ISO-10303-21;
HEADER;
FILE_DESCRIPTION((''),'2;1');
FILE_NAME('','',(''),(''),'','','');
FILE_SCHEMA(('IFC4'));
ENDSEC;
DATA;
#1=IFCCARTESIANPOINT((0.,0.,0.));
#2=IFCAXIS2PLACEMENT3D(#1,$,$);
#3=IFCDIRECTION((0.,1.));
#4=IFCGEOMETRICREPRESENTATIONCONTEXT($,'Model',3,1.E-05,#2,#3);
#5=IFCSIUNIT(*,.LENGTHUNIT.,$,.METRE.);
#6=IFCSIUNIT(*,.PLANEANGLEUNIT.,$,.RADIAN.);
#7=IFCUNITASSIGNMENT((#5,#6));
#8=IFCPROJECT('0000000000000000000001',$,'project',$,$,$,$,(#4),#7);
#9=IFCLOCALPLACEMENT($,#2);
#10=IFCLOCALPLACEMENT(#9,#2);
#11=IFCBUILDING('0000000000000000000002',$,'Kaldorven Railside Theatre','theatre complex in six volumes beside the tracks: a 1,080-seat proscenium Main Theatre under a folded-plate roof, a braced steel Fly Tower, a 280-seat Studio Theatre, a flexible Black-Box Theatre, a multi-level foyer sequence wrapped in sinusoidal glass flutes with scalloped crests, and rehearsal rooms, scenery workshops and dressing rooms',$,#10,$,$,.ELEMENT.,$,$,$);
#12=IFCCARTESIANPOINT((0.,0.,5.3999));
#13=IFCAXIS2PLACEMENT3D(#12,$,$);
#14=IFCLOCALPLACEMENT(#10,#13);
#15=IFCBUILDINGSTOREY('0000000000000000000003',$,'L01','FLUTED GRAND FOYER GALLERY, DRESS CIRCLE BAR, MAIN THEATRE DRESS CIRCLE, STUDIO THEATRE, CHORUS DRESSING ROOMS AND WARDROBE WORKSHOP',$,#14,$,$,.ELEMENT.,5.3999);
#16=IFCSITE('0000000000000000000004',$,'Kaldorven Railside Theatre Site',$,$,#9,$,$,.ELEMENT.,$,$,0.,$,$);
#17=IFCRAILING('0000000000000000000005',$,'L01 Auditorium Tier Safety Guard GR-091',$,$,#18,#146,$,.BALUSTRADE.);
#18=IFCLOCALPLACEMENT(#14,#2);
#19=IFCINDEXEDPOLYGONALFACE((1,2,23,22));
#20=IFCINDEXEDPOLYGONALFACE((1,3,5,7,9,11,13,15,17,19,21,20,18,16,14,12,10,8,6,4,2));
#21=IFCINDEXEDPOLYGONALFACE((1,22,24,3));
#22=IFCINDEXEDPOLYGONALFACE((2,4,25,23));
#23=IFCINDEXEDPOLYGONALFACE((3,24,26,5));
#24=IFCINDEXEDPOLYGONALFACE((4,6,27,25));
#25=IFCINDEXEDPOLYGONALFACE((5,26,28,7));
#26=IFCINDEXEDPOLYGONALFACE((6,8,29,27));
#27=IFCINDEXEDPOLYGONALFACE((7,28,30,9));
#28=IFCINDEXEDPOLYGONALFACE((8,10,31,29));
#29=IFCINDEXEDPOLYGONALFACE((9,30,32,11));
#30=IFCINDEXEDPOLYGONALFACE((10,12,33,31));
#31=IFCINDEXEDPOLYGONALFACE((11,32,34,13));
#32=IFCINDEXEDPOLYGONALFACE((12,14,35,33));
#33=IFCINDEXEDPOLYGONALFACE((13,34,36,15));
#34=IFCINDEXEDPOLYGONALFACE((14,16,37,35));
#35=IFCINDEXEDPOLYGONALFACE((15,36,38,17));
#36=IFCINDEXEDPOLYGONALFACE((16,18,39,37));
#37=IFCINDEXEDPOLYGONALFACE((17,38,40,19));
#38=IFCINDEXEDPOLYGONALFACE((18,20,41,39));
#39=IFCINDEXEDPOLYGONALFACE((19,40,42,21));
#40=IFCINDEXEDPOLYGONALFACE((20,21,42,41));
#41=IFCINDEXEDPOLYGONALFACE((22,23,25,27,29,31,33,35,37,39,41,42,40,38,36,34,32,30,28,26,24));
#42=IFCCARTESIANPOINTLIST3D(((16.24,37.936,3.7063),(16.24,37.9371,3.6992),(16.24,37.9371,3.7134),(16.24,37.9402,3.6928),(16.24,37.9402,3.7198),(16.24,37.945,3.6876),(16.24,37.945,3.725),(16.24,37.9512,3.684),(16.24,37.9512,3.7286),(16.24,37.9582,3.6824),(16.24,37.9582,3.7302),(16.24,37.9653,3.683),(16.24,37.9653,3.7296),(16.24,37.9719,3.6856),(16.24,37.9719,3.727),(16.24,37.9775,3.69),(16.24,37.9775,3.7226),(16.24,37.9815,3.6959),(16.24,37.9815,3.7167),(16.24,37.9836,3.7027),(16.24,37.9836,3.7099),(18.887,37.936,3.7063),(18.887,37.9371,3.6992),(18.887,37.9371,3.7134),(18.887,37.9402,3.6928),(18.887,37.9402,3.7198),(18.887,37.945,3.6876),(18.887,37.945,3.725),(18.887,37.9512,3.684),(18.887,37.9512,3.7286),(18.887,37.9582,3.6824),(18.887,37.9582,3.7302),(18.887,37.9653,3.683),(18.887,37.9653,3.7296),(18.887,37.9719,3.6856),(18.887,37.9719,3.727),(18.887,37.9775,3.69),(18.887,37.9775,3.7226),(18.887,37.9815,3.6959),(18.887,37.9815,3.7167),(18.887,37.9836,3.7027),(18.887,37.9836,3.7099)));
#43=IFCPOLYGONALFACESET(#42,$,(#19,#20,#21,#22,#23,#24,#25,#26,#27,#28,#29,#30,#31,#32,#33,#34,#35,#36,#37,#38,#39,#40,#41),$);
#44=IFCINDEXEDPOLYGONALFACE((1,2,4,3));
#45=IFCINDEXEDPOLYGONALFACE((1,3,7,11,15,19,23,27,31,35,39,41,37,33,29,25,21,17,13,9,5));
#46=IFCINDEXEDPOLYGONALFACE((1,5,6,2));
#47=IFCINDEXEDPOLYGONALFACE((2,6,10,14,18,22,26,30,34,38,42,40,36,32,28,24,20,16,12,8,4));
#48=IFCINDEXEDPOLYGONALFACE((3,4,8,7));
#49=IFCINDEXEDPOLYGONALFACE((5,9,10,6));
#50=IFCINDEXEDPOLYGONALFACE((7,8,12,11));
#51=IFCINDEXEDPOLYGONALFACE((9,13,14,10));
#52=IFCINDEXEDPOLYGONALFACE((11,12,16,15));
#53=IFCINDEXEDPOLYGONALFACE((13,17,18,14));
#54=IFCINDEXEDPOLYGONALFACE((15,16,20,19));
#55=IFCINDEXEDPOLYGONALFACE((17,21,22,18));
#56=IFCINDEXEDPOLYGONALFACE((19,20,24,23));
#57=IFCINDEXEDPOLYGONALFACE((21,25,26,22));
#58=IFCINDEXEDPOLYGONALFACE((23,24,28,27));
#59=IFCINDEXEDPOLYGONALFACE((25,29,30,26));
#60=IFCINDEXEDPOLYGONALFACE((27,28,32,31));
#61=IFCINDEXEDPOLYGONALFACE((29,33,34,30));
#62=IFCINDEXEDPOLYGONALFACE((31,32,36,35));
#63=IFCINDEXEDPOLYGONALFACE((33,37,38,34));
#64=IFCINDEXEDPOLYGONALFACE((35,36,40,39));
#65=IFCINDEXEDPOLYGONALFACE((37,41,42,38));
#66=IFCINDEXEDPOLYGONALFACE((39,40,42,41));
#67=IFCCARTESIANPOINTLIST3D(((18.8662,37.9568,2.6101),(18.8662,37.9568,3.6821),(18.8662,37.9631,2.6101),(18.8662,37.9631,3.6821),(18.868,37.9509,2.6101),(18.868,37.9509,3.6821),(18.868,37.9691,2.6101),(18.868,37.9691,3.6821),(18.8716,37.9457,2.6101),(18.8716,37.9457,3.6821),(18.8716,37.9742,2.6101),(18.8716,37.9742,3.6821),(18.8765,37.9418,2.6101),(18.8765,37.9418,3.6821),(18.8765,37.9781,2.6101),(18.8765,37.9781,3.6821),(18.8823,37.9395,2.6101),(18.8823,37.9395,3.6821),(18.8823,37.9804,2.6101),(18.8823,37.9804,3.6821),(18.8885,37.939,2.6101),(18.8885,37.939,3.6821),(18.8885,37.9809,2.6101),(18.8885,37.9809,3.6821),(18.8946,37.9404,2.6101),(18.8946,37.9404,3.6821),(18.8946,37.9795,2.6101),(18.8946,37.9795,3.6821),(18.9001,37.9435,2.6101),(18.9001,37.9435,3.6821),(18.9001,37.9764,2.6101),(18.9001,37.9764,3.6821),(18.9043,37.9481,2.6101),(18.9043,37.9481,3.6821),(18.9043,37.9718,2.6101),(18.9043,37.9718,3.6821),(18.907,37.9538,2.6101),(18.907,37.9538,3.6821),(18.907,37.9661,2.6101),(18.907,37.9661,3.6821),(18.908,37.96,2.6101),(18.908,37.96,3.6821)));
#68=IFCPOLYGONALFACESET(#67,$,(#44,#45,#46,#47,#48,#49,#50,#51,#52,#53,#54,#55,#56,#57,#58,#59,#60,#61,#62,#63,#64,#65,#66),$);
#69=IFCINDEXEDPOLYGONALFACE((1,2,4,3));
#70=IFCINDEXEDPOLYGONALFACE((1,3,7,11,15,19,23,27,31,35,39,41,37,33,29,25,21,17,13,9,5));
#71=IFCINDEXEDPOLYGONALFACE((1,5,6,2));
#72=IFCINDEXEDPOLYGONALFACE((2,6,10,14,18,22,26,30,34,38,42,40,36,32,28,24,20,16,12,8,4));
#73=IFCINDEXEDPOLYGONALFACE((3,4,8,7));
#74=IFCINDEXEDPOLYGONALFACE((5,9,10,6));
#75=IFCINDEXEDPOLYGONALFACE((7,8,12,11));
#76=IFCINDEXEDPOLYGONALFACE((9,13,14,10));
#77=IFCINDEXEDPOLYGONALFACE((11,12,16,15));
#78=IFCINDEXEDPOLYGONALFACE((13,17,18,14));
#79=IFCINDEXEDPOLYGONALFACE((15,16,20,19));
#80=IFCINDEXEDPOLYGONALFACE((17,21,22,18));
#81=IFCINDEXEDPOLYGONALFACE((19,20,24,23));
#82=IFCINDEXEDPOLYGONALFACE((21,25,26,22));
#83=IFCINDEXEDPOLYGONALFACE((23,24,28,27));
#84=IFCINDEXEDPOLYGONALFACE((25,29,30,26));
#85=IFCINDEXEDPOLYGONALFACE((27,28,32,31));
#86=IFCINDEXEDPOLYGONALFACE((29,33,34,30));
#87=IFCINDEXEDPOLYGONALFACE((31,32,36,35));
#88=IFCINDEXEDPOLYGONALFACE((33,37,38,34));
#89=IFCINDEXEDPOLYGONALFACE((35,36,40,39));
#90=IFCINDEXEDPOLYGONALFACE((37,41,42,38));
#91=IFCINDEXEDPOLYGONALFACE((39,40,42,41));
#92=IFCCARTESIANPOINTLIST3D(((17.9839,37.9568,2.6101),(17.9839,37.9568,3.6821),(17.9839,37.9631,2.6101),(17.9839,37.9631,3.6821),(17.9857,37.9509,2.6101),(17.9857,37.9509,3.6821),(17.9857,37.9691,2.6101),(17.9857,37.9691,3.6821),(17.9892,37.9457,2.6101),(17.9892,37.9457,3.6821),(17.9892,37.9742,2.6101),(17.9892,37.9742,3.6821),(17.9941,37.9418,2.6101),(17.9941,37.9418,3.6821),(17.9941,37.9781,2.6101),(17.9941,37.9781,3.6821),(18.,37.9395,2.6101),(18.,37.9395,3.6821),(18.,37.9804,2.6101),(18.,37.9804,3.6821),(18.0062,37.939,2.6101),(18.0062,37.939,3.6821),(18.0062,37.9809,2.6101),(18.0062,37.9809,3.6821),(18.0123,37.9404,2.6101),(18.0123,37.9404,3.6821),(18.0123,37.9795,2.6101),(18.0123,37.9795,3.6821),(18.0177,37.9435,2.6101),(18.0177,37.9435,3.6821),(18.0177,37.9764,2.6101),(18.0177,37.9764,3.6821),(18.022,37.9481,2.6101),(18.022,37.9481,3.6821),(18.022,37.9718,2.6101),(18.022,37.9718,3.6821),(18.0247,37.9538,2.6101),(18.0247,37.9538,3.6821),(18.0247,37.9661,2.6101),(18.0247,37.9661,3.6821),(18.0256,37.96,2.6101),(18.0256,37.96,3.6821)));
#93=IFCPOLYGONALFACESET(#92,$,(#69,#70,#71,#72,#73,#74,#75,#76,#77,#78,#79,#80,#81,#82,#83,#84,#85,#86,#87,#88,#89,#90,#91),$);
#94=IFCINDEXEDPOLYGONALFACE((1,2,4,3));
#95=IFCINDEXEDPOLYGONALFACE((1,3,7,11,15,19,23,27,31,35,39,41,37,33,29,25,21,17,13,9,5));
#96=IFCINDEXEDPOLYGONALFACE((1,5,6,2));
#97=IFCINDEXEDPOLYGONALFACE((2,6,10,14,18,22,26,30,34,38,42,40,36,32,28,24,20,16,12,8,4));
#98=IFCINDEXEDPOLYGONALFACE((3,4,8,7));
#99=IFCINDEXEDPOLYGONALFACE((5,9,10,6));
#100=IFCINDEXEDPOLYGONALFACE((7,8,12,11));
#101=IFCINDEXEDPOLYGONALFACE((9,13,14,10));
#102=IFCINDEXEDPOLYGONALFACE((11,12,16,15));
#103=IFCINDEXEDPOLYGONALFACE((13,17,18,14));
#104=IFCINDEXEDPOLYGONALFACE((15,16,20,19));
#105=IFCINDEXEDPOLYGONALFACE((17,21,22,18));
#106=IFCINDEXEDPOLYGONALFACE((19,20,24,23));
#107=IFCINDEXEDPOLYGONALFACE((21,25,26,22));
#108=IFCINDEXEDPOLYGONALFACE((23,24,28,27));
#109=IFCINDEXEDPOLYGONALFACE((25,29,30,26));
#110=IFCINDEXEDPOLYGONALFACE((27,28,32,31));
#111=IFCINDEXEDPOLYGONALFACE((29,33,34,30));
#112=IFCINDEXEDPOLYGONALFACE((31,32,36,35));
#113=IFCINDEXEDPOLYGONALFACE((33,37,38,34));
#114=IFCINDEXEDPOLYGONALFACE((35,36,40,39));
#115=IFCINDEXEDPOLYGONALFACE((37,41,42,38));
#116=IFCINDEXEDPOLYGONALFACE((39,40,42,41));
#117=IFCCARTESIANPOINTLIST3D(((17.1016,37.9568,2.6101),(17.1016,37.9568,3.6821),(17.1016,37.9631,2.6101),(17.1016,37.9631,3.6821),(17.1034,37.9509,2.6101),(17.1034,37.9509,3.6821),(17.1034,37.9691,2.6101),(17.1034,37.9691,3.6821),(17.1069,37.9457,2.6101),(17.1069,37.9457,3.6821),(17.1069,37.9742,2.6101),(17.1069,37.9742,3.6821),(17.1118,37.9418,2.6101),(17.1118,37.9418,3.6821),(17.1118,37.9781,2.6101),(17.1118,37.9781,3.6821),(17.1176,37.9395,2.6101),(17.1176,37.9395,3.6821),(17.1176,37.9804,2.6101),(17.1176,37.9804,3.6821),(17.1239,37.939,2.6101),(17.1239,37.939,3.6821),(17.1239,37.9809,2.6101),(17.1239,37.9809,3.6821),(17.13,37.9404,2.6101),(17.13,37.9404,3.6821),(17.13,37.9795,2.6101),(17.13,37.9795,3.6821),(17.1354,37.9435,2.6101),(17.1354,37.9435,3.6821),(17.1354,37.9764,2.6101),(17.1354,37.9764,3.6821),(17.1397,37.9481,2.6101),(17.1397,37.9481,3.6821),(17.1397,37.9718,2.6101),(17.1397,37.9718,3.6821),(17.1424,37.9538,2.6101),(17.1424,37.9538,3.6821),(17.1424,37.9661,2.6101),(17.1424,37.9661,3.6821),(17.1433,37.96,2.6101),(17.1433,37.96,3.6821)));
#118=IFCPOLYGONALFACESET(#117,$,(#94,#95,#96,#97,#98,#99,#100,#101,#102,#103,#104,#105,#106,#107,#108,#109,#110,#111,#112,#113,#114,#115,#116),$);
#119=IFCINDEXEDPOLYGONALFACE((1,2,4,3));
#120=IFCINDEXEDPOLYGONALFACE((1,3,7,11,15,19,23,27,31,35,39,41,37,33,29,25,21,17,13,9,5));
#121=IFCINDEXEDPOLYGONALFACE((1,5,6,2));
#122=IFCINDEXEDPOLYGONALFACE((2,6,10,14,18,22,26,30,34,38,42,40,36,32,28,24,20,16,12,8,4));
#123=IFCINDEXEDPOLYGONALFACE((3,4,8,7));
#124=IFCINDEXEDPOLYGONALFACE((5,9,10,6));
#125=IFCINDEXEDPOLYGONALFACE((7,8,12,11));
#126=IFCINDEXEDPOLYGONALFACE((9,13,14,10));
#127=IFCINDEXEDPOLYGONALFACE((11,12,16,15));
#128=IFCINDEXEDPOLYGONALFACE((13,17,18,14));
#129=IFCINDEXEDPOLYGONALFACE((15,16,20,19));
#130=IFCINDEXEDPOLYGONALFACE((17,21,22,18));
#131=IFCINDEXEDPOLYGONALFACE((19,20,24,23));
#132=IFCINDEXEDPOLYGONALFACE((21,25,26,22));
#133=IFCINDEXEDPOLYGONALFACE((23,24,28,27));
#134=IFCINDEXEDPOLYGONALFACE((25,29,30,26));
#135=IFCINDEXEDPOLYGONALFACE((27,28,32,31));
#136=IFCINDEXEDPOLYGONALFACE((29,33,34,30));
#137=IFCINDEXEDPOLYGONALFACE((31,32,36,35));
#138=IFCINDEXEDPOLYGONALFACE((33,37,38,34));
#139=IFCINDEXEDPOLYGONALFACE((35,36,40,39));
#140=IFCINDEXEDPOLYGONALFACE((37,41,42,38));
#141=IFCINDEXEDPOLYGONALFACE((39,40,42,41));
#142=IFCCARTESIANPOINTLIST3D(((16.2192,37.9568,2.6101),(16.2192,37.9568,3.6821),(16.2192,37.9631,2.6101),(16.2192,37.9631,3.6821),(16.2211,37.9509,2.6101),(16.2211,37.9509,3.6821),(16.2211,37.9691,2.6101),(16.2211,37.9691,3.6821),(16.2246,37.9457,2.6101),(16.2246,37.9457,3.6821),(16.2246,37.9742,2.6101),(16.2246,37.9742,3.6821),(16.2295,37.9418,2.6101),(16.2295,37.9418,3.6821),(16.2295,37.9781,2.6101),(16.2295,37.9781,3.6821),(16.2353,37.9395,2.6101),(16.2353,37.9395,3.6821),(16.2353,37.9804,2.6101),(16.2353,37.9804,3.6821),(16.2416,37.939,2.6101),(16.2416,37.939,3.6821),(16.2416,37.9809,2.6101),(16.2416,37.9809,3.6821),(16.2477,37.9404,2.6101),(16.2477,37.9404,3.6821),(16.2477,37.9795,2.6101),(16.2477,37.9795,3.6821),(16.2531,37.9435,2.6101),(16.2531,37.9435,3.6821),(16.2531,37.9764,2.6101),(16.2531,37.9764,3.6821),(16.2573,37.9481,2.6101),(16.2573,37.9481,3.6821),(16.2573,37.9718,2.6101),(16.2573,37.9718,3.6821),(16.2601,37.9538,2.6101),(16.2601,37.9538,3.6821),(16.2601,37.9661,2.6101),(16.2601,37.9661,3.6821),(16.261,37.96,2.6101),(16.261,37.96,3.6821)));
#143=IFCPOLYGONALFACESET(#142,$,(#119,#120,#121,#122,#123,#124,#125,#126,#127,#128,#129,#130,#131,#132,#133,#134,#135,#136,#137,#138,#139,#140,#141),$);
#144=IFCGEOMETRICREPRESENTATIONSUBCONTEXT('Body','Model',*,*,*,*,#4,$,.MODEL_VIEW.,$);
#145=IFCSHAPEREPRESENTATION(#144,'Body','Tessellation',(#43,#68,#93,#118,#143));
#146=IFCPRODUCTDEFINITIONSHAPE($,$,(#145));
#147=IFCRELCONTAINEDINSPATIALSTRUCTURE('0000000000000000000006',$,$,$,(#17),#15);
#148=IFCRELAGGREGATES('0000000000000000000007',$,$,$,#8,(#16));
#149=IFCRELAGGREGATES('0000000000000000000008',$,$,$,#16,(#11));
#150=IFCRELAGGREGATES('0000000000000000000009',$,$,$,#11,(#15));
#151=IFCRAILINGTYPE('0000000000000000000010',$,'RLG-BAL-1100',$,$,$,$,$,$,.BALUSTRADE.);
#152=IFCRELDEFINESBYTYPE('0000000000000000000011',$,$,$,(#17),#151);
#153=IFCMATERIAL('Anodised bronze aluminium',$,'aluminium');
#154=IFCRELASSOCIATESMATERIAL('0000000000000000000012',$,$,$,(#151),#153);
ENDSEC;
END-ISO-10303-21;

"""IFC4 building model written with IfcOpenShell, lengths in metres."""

from ifc_helpers import new_model, si_unit, direction, frame, origin, origin_2d, place, context, subcontext, project, spatial, circle, extrude, material, type_object, element, save


model = new_model("IFC4")

# Units and contexts
model_context = context("Model", 3, precision=1e-05, world=origin(), true_north=direction((0.0, 1.0)))
body_context = subcontext(model_context, "Body", "Model", "MODEL_VIEW")
ifc_project = project(units=[si_unit("LENGTHUNIT", "METRE"), si_unit("PLANEANGLEUNIT", "RADIAN")], contexts=[model_context])

# Site, building, storey
site_placement = place(None, origin())
site = spatial("IfcSite", under=ifc_project, at=site_placement, Name="Kaldorven Railside Theatre Site", CompositionType="ELEMENT", RefElevation=0.0)
building_placement = place(site_placement, origin())
building = spatial("IfcBuilding", under=site, at=building_placement, Name="Kaldorven Railside Theatre", Description="theatre complex in six volumes beside the tracks: a 1,080-seat proscenium Main Theatre under a folded-plate roof, a braced steel Fly Tower, a 280-seat Studio Theatre, a flexible Black-Box Theatre, a multi-level foyer sequence wrapped in sinusoidal glass flutes with scalloped crests, and rehearsal rooms, scenery workshops and dressing rooms", CompositionType="ELEMENT")
storey_placement = place(building_placement, frame((0.0, 0.0, 5.3999)))
storey = spatial("IfcBuildingStorey", under=building, at=storey_placement, Name="L01", Description="FLUTED GRAND FOYER GALLERY, DRESS CIRCLE BAR, MAIN THEATRE DRESS CIRCLE, STUDIO THEATRE, CHORUS DRESSING ROOMS AND WARDROBE WORKSHOP", CompositionType="ELEMENT", Elevation=5.3999)

# Railing
ifc_material_1 = material(Name="Anodised bronze aluminium", Category="aluminium")
railing_type = type_object("IfcRailingType", Name="RLG-BAL-1100", PredefinedType="BALUSTRADE", material=ifc_material_1)
railing_1_placement = place(storey_placement, frame((18.887, 37.96, 2.6101)))
element("IfcRailing", 1, at=railing_1_placement, inside=storey, type_object=railing_type, Name="L01 Auditorium Tier Safety Guard GR-091", PredefinedType="BALUSTRADE", context=body_context, shape_type="SweptSolid", body=[
    extrude(circle(Radius=0.0239, at=origin_2d()), frame((0.0, 0.0, 1.0962), z_axis=(-1.0, 0.0, 0.0), x_axis=(0.0, -1.0, 0.0)), (0.0, 0.0, 1.0), 2.647),
    extrude(circle(Radius=0.021, at=origin_2d()), origin(), (0.0, 0.0, 1.0), 1.072),
    extrude(circle(Radius=0.021, at=origin_2d()), frame((-0.8823, 0.0, 0.0)), (0.0, 0.0, 1.0), 1.072),
    extrude(circle(Radius=0.021, at=origin_2d()), frame((-1.7646, 0.0, 0.0)), (0.0, 0.0, 1.0), 1.072),
    extrude(circle(Radius=0.021, at=origin_2d()), frame((-2.647, 0.0, 0.0)), (0.0, 0.0, 1.0), 1.072),
])

save(model, "model.ifc")
